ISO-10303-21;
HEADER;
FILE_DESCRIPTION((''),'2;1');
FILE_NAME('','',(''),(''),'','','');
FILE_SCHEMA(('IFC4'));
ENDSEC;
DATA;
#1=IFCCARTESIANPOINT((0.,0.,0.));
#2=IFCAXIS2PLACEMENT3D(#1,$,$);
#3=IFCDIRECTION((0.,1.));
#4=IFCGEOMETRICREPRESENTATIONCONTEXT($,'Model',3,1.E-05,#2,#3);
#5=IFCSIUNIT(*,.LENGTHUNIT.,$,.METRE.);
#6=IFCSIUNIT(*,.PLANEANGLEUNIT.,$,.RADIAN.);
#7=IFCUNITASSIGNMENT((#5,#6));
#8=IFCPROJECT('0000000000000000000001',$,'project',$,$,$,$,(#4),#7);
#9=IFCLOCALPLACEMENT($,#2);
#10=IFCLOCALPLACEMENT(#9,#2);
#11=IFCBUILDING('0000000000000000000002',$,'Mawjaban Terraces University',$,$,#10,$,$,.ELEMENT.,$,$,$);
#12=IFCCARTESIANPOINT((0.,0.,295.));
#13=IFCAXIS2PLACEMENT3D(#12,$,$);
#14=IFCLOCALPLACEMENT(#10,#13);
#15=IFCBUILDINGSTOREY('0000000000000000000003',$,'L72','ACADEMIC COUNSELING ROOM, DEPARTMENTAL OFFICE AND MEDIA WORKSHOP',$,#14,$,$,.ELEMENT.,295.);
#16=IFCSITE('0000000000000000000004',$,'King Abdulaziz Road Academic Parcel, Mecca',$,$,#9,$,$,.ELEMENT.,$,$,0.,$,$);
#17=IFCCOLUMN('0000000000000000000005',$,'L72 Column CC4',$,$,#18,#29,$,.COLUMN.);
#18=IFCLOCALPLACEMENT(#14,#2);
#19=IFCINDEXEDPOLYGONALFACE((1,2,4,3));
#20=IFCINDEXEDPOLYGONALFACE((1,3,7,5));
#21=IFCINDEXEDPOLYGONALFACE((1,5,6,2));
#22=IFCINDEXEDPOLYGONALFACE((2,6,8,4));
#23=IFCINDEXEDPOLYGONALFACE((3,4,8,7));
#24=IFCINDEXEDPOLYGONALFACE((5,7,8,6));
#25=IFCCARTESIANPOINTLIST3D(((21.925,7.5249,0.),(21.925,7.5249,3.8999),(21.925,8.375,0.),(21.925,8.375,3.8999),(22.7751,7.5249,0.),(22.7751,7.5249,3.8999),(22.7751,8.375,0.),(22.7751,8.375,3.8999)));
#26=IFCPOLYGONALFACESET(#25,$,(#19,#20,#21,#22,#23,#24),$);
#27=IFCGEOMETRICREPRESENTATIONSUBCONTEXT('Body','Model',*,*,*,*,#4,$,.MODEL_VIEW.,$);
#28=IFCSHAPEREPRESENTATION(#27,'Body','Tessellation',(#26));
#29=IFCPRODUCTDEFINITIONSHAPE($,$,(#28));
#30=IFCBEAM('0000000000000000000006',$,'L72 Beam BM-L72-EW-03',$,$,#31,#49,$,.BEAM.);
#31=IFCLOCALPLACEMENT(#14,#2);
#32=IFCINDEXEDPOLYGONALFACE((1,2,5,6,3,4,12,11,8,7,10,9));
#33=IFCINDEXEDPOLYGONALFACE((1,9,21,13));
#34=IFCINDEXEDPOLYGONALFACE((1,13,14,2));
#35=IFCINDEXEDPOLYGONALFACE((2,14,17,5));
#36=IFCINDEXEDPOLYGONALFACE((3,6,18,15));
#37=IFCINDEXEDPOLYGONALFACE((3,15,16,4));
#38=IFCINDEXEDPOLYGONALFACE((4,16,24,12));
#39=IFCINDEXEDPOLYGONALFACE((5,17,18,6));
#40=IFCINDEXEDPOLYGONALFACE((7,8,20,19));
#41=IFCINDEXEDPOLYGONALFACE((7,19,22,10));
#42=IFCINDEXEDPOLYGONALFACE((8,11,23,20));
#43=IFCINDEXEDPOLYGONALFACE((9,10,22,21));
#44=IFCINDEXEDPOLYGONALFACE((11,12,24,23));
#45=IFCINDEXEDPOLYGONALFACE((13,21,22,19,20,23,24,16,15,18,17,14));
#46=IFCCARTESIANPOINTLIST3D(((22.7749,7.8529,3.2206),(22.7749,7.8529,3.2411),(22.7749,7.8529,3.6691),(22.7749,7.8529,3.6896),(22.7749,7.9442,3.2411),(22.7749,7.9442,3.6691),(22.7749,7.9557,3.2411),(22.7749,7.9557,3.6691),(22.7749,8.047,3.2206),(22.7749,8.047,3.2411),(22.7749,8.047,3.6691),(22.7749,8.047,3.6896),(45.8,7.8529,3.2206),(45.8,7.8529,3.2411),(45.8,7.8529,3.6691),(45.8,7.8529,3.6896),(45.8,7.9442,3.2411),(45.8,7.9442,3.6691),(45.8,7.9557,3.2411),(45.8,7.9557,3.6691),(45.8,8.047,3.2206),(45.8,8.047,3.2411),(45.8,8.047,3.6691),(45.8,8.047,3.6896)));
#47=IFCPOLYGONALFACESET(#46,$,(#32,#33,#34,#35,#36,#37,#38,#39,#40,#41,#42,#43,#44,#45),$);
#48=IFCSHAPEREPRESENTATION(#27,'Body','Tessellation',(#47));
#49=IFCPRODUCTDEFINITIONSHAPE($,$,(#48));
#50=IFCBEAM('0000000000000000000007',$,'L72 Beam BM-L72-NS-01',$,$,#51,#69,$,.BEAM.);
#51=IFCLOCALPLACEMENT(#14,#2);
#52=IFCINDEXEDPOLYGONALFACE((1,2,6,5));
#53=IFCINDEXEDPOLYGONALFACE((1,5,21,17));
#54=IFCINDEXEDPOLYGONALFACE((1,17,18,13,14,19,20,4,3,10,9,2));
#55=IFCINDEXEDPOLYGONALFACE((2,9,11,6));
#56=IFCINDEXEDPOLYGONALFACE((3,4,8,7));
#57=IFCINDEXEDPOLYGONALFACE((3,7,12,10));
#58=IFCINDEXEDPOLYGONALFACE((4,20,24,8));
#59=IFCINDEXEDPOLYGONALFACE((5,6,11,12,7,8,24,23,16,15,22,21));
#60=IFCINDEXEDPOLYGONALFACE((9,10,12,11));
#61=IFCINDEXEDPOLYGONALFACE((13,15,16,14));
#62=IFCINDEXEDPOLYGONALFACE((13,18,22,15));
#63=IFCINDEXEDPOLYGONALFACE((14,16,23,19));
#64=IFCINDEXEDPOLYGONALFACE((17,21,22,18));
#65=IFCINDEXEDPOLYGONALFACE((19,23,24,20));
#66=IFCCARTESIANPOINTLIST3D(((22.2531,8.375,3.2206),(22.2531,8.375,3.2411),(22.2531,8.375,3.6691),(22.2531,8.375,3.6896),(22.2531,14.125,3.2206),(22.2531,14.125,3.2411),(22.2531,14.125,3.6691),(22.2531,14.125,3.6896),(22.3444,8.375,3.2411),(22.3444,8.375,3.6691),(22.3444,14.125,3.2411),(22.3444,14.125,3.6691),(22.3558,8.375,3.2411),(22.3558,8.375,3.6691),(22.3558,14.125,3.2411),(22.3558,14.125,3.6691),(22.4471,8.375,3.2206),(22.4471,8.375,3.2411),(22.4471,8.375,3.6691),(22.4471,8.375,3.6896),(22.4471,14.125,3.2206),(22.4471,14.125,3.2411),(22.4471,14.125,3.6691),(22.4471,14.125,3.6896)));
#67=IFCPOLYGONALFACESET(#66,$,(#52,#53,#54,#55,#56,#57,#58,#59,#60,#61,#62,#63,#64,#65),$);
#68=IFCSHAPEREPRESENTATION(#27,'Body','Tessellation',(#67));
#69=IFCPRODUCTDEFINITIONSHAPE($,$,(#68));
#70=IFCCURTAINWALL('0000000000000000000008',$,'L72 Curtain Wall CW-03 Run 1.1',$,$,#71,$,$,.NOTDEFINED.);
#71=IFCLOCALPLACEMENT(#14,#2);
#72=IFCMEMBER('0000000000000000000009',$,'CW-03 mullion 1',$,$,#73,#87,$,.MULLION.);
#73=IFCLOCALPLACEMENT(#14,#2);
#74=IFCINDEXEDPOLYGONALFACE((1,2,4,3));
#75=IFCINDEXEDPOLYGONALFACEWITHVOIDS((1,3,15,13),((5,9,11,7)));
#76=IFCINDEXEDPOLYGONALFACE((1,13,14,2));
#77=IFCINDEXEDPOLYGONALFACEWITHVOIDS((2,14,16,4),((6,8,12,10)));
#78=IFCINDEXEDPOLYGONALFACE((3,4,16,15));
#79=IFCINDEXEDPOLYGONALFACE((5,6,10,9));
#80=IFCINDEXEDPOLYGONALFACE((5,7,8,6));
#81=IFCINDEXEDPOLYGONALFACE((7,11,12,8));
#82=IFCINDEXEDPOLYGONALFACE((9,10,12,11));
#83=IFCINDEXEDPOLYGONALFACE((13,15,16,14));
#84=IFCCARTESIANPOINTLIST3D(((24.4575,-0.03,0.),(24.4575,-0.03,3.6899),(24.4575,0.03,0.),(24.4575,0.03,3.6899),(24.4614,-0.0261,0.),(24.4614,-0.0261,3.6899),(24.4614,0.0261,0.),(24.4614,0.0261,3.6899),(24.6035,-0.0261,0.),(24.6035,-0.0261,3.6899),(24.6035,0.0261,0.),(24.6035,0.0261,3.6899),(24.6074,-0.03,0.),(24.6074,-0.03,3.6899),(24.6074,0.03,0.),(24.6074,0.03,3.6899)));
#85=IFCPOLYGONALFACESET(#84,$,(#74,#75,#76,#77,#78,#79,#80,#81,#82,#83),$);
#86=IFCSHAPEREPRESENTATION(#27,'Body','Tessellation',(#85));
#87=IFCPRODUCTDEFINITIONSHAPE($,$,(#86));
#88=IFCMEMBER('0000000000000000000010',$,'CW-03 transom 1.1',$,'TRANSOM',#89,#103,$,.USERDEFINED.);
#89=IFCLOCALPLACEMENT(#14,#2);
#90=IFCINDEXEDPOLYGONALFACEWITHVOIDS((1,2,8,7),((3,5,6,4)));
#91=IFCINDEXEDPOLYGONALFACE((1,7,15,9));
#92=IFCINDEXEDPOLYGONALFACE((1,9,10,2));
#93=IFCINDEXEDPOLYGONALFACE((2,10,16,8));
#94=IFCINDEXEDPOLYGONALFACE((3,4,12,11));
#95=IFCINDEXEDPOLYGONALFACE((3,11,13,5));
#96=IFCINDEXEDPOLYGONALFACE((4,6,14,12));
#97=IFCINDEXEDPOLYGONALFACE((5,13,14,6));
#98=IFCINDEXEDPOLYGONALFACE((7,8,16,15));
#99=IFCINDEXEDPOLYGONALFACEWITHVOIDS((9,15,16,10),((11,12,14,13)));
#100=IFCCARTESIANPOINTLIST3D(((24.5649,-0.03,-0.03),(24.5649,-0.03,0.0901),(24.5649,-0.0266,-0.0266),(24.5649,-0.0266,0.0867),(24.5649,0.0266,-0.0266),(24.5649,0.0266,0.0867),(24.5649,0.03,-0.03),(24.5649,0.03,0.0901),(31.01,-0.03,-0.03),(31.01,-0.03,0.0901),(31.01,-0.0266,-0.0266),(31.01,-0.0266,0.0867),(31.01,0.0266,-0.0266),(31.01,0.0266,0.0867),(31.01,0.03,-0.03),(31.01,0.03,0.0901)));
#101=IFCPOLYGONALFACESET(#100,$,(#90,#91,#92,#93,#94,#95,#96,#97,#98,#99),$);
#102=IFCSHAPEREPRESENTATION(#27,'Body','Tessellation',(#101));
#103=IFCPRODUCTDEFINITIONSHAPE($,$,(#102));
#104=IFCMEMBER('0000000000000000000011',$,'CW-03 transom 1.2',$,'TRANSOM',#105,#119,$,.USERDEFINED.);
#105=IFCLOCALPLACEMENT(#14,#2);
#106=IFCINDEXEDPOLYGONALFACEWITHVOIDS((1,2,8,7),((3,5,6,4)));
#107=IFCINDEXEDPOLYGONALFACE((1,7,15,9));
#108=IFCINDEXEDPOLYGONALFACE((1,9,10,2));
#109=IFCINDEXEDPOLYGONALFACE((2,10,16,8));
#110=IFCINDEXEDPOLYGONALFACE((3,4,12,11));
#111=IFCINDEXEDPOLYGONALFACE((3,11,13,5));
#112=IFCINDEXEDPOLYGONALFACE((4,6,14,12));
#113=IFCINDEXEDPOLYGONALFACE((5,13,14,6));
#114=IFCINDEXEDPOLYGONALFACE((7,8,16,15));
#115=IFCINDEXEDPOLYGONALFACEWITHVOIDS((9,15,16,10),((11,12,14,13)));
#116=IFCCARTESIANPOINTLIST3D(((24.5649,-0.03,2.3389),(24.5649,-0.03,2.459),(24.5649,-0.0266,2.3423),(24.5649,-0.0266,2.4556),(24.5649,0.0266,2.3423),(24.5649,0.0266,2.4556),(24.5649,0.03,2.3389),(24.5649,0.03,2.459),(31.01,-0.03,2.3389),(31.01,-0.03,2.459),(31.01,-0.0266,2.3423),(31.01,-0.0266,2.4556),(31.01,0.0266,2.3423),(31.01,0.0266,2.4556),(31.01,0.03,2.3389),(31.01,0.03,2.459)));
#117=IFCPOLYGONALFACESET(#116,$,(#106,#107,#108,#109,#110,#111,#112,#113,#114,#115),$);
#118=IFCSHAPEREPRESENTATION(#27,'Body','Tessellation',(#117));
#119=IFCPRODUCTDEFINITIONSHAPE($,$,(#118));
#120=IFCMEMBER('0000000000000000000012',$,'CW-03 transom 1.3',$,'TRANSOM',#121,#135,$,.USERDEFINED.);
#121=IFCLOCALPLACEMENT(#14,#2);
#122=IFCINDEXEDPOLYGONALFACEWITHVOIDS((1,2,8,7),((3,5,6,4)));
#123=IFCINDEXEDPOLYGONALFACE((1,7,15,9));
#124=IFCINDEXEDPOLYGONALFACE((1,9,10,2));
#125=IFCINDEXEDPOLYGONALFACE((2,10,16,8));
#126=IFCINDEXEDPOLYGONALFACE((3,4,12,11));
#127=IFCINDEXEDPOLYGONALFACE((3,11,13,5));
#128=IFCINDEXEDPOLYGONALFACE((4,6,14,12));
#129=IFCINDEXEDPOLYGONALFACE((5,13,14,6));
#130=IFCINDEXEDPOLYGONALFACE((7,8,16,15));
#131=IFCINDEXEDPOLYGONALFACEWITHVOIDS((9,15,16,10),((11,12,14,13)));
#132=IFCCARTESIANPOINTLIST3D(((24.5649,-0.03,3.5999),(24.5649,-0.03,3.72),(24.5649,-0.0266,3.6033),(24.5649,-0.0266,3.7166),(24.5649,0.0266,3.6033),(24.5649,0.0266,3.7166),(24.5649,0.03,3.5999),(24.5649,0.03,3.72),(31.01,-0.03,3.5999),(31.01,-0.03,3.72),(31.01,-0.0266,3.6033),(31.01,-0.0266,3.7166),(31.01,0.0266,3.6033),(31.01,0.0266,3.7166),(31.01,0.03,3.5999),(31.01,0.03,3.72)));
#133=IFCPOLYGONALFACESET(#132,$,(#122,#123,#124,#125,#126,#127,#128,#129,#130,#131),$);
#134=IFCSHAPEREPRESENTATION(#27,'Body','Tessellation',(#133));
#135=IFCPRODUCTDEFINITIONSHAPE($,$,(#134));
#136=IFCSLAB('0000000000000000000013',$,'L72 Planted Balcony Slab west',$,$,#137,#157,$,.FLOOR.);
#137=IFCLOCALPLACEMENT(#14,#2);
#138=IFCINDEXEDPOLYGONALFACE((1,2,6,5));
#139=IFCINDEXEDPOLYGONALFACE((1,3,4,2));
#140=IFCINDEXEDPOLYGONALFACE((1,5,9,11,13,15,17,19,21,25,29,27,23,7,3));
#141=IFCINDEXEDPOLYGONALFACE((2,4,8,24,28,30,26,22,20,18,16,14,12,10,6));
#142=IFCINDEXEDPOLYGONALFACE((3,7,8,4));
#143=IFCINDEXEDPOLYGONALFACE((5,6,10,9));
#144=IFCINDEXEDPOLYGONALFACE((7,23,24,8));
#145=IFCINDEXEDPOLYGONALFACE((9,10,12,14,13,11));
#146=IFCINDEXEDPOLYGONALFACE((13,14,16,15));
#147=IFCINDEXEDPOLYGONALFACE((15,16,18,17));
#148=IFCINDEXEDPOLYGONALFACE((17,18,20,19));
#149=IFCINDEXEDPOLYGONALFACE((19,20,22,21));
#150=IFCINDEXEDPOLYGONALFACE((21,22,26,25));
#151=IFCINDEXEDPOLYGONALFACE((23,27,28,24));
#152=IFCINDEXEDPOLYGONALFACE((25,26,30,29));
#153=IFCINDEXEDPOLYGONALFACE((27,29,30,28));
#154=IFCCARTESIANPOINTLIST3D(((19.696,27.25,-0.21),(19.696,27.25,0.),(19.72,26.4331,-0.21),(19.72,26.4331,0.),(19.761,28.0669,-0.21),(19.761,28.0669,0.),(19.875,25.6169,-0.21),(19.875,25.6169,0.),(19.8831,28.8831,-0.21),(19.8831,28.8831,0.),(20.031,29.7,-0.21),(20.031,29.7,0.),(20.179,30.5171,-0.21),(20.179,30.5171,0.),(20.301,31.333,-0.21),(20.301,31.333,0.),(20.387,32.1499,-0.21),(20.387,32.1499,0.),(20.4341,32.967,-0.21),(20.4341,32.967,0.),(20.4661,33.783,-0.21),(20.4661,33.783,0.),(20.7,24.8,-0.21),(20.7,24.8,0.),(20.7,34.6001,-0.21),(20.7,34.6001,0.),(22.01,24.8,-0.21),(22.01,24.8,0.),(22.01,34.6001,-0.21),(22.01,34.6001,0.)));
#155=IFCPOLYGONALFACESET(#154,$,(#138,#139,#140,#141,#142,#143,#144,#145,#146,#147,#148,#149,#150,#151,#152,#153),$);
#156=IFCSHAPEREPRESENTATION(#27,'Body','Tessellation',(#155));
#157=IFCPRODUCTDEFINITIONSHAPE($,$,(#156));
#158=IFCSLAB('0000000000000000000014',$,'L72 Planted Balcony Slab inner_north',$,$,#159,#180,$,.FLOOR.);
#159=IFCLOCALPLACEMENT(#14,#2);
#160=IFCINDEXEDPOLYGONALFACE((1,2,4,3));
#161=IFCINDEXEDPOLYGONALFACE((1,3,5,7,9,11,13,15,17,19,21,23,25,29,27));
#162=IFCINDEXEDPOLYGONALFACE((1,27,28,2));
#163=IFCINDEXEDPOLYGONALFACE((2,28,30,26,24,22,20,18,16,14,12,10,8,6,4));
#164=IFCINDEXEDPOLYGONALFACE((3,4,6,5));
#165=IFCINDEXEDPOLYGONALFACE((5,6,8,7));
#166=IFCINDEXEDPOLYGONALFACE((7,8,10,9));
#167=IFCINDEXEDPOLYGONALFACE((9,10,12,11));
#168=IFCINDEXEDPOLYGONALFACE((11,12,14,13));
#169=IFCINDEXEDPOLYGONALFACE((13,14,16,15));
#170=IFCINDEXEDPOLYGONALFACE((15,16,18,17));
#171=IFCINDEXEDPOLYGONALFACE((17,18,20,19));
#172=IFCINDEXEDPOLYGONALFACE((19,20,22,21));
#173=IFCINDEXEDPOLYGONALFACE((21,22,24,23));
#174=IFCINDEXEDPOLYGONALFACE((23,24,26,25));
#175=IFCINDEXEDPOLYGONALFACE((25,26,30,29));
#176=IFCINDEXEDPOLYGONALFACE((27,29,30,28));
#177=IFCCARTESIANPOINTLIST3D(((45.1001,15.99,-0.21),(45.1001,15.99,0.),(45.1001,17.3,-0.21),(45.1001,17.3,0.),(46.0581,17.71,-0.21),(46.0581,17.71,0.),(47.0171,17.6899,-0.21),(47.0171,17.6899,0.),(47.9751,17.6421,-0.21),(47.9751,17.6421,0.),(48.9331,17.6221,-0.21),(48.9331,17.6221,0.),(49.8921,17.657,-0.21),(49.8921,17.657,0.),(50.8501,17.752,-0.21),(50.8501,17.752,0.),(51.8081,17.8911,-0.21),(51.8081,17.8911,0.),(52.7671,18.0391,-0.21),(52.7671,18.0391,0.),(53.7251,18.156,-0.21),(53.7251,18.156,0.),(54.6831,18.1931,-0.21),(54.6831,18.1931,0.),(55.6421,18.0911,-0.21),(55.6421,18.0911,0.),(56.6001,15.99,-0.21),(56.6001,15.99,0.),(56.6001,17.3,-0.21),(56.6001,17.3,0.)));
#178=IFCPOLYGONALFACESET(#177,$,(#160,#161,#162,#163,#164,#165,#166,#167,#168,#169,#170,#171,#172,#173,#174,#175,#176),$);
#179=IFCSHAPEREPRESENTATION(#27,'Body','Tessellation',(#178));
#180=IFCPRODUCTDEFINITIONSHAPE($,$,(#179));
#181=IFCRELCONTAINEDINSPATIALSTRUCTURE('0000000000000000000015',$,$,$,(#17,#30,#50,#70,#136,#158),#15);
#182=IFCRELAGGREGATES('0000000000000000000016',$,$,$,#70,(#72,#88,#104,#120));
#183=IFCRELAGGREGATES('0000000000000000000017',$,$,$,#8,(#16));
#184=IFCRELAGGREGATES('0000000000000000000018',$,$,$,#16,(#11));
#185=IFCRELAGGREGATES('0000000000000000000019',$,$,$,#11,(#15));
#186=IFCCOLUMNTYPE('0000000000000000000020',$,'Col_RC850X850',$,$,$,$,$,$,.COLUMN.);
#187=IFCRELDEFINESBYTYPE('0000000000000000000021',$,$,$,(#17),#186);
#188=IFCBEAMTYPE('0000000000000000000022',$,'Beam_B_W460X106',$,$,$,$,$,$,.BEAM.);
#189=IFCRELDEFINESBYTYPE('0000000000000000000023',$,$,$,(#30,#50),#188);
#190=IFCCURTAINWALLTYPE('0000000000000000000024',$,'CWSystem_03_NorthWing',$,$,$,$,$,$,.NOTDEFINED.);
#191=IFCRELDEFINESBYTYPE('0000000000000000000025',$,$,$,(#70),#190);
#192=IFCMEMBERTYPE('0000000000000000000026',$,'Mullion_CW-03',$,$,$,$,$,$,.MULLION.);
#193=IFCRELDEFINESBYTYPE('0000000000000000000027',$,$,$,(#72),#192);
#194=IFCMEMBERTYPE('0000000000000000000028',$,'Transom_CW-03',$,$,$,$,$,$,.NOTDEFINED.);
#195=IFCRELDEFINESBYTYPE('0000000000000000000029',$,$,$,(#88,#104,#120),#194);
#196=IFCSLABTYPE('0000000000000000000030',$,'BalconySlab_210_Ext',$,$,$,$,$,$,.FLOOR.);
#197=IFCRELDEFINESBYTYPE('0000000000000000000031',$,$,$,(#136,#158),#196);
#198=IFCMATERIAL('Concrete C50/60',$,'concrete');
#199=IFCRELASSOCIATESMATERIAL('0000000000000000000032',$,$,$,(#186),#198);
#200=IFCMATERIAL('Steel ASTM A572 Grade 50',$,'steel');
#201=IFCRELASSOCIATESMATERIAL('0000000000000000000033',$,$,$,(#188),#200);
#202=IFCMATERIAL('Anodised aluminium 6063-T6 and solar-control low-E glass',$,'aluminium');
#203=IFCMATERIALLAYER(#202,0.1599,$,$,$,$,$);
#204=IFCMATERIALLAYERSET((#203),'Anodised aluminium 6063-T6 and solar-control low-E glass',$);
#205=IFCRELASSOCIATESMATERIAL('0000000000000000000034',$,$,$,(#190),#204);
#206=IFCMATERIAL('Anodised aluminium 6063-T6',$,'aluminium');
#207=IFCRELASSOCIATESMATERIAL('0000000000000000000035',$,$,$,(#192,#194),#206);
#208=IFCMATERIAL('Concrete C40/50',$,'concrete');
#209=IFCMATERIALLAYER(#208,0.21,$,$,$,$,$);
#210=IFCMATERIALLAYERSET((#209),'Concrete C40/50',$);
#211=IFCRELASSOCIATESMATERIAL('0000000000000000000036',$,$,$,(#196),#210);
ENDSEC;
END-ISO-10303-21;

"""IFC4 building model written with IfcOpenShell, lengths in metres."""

from ifc_helpers import new_model, si_unit, direction, frame, origin, origin_2d, place, context, subcontext, project, spatial, polyline, rectangle, hollow_rectangle, i_section, outline, extrude, material, layer, layer_set, material_profile, profile_set, type_object, element, aggregate, save


model = new_model("IFC4")

# Units and contexts
model_context = context("Model", 3, precision=1e-05, world=origin(), true_north=direction((0.0, 1.0)))
body_context = subcontext(model_context, "Body", "Model", "MODEL_VIEW")
ifc_project = project(units=[si_unit("LENGTHUNIT", "METRE"), si_unit("PLANEANGLEUNIT", "RADIAN")], contexts=[model_context])

# Site, building, storey
site_placement = place(None, origin())
site = spatial("IfcSite", under=ifc_project, at=site_placement, Name="King Abdulaziz Road Academic Parcel, Mecca", CompositionType="ELEMENT", RefElevation=0.0)
building_placement = place(site_placement, origin())
building = spatial("IfcBuilding", under=site, at=building_placement, Name="Mawjaban Terraces University", CompositionType="ELEMENT")
storey_placement = place(building_placement, frame((0.0, 0.0, 295.0)))
storey = spatial("IfcBuildingStorey", under=building, at=storey_placement, Name="L72", Description="ACADEMIC COUNSELING ROOM, DEPARTMENTAL OFFICE AND MEDIA WORKSHOP", CompositionType="ELEMENT", Elevation=295.0)

# Column
ifc_material_1 = material(Name="Concrete C50/60", Category="concrete")
ifc_material_profile_1 = material_profile(ifc_material_1, rectangle(XDim=0.8501, YDim=0.8501, at=origin_2d()), Name="RC850X850")
ifc_profile_set_1 = profile_set([ifc_material_profile_1], Name="Concrete C50/60")
column_type = type_object("IfcColumnType", Name="Col_RC850X850", PredefinedType="COLUMN", material=ifc_profile_set_1)
column_placement = place(storey_placement, frame((22.3501, 7.95, 0.0), z_axis=(0.0, 0.0, 1.0), x_axis=(1.0, 0.0, 0.0)))
element("IfcColumn", 1, at=column_placement, inside=storey, type_object=column_type, Name="L72 Column CC4", PredefinedType="COLUMN", context=body_context, shape_type="SweptSolid", body=[
    extrude(rectangle(XDim=0.8501, YDim=0.8501, at=origin_2d()), origin(), (0.0, 0.0, 1.0), 3.8999),
])

# Beams
ifc_material_2 = material(Name="Steel ASTM A572 Grade 50", Category="steel")
ifc_material_profile_2 = material_profile(ifc_material_2, i_section(OverallWidth=0.1941, OverallDepth=0.469, WebThickness=0.0115, FlangeThickness=0.0205, at=origin_2d()), Name="W460X106")
ifc_profile_set_2 = profile_set([ifc_material_profile_2], Name="Steel ASTM A572 Grade 50")
beam_type = type_object("IfcBeamType", Name="Beam_B_W460X106", PredefinedType="BEAM", material=ifc_profile_set_2)
beam_1_placement = place(storey_placement, frame((22.7749, 7.95, 3.4551), z_axis=(1.0, 0.0, 0.0), x_axis=(0.0, 1.0, 0.0)))
element("IfcBeam", 2, at=beam_1_placement, inside=storey, type_object=beam_type, Name="L72 Beam BM-L72-EW-03", PredefinedType="BEAM", context=body_context, shape_type="SweptSolid", body=[
    extrude(i_section(OverallWidth=0.1941, OverallDepth=0.469, WebThickness=0.0115, FlangeThickness=0.0205, at=origin_2d()), origin(), (0.0, 0.0, 1.0), 23.0251),
])
beam_2_placement = place(storey_placement, frame((22.3501, 8.375, 3.4551), z_axis=(0.0, 1.0, 0.0), x_axis=(-1.0, 0.0, 0.0)))
element("IfcBeam", 3, at=beam_2_placement, inside=storey, type_object=beam_type, Name="L72 Beam BM-L72-NS-01", PredefinedType="BEAM", context=body_context, shape_type="SweptSolid", body=[
    extrude(i_section(OverallWidth=0.1941, OverallDepth=0.469, WebThickness=0.0115, FlangeThickness=0.0205, at=origin_2d()), origin(), (0.0, 0.0, 1.0), 5.75),
])

# Curtain wall, members
ifc_material_3 = material(Name="Anodised aluminium 6063-T6 and solar-control low-E glass", Category="aluminium")
ifc_layer_1 = layer(ifc_material_3, 0.1599)
ifc_layer_set_1 = layer_set([ifc_layer_1], Name="Anodised aluminium 6063-T6 and solar-control low-E glass")
curtain_wall_type = type_object("IfcCurtainWallType", Name="CWSystem_03_NorthWing", PredefinedType="NOTDEFINED", material=ifc_layer_set_1)
curtain_wall_placement = place(storey_placement, origin())
curtain_wall = element("IfcCurtainWall", 4, at=curtain_wall_placement, inside=storey, type_object=curtain_wall_type, Name="L72 Curtain Wall CW-03 Run 1.1", PredefinedType="NOTDEFINED")
ifc_material_4 = material(Name="Anodised aluminium 6063-T6", Category="aluminium")
ifc_material_profile_3 = material_profile(ifc_material_4, hollow_rectangle(XDim=0.0601, YDim=0.1499, WallThickness=0.0039, at=origin_2d()), Name="ALU150X60X4")
ifc_profile_set_3 = profile_set([ifc_material_profile_3], Name="Anodised aluminium 6063-T6")
member_type_1 = type_object("IfcMemberType", Name="Mullion_CW-03", PredefinedType="MULLION", material=ifc_profile_set_3)
member_1_placement = place(storey_placement, frame((24.5325, 0.0, 0.0), z_axis=(0.0, 0.0, 1.0), x_axis=(0.0, 1.0, 0.0)))
member_1 = element("IfcMember", 5, at=member_1_placement, type_object=member_type_1, Name="CW-03 mullion 1", PredefinedType="MULLION", context=body_context, shape_type="SweptSolid", body=[
    extrude(hollow_rectangle(XDim=0.0601, YDim=0.1499, WallThickness=0.0039, at=origin_2d()), origin(), (0.0, 0.0, 1.0), 3.6899),
])
ifc_material_profile_4 = material_profile(ifc_material_4, hollow_rectangle(XDim=0.0601, YDim=0.1201, WallThickness=0.0034, at=origin_2d()), Name="ALU120X60X3.5")
ifc_profile_set_4 = profile_set([ifc_material_profile_4], Name="Anodised aluminium 6063-T6")
member_type_2 = type_object("IfcMemberType", Name="Transom_CW-03", PredefinedType="NOTDEFINED", material=ifc_profile_set_4)
member_2_placement = place(storey_placement, frame((24.5649, 0.0, 0.03), z_axis=(1.0, 0.0, 0.0), x_axis=(0.0, 1.0, 0.0)))
member_2 = element("IfcMember", 6, at=member_2_placement, type_object=member_type_2, Name="CW-03 transom 1.1", ObjectType="TRANSOM", PredefinedType="USERDEFINED", context=body_context, shape_type="SweptSolid", body=[
    extrude(hollow_rectangle(XDim=0.0601, YDim=0.1201, WallThickness=0.0034, at=origin_2d()), origin(), (0.0, 0.0, 1.0), 6.4451),
])
member_3_placement = place(storey_placement, frame((24.5649, 0.0, 2.3989), z_axis=(1.0, 0.0, 0.0), x_axis=(0.0, 1.0, 0.0)))
member_3 = element("IfcMember", 7, at=member_3_placement, type_object=member_type_2, Name="CW-03 transom 1.2", ObjectType="TRANSOM", PredefinedType="USERDEFINED", context=body_context, shape_type="SweptSolid", body=[
    extrude(hollow_rectangle(XDim=0.0601, YDim=0.1201, WallThickness=0.0034, at=origin_2d()), origin(), (0.0, 0.0, 1.0), 6.4451),
])
member_4_placement = place(storey_placement, frame((24.5649, 0.0, 3.6599), z_axis=(1.0, 0.0, 0.0), x_axis=(0.0, 1.0, 0.0)))
member_4 = element("IfcMember", 8, at=member_4_placement, type_object=member_type_2, Name="CW-03 transom 1.3", ObjectType="TRANSOM", PredefinedType="USERDEFINED", context=body_context, shape_type="SweptSolid", body=[
    extrude(hollow_rectangle(XDim=0.0601, YDim=0.1201, WallThickness=0.0034, at=origin_2d()), origin(), (0.0, 0.0, 1.0), 6.4451),
])
aggregate(curtain_wall, [member_1, member_2, member_3, member_4])

# Slabs
ifc_material_5 = material(Name="Concrete C40/50", Category="concrete")
ifc_layer_2 = layer(ifc_material_5, 0.21)
ifc_layer_set_2 = layer_set([ifc_layer_2], Name="Concrete C40/50")
slab_type_1 = type_object("IfcSlabType", Name="BalconySlab_210_Ext", PredefinedType="FLOOR", material=ifc_layer_set_2)
slab_1_placement = place(storey_placement, frame((0.0, 0.0, -0.21)))
element("IfcSlab", 9, at=slab_1_placement, inside=storey, type_object=slab_type_1, Name="L72 Planted Balcony Slab west", PredefinedType="FLOOR", context=body_context, shape_type="SweptSolid", body=[
    extrude(outline(polyline([(22.01, 24.8), (22.01, 34.6001), (20.7, 34.6001), (20.4661, 33.783), (20.4341, 32.967), (20.387, 32.1499), (20.301, 31.333), (20.179, 30.5171), (20.031, 29.7), (19.8831, 28.8831), (19.761, 28.0669), (19.696, 27.25), (19.72, 26.4331), (19.875, 25.6169), (20.7, 24.8), (22.01, 24.8)])), origin(), (0.0, 0.0, 1.0), 0.21),
])
slab_2_placement = place(storey_placement, frame((0.0, 0.0, -0.21)))
element("IfcSlab", 10, at=slab_2_placement, inside=storey, type_object=slab_type_1, Name="L72 Planted Balcony Slab inner_north", PredefinedType="FLOOR", context=body_context, shape_type="SweptSolid", body=[
    extrude(outline(polyline([(45.1001, 15.99), (56.6001, 15.99), (56.6001, 17.3), (55.6421, 18.0911), (54.6831, 18.1931), (53.7251, 18.156), (52.7671, 18.0391), (51.8081, 17.8911), (50.8501, 17.752), (49.8921, 17.657), (48.9331, 17.6221), (47.9751, 17.6421), (47.0171, 17.6899), (46.0581, 17.71), (45.1001, 17.3), (45.1001, 15.99)])), origin(), (0.0, 0.0, 1.0), 0.21),
])

save(model, "model.ifc")
